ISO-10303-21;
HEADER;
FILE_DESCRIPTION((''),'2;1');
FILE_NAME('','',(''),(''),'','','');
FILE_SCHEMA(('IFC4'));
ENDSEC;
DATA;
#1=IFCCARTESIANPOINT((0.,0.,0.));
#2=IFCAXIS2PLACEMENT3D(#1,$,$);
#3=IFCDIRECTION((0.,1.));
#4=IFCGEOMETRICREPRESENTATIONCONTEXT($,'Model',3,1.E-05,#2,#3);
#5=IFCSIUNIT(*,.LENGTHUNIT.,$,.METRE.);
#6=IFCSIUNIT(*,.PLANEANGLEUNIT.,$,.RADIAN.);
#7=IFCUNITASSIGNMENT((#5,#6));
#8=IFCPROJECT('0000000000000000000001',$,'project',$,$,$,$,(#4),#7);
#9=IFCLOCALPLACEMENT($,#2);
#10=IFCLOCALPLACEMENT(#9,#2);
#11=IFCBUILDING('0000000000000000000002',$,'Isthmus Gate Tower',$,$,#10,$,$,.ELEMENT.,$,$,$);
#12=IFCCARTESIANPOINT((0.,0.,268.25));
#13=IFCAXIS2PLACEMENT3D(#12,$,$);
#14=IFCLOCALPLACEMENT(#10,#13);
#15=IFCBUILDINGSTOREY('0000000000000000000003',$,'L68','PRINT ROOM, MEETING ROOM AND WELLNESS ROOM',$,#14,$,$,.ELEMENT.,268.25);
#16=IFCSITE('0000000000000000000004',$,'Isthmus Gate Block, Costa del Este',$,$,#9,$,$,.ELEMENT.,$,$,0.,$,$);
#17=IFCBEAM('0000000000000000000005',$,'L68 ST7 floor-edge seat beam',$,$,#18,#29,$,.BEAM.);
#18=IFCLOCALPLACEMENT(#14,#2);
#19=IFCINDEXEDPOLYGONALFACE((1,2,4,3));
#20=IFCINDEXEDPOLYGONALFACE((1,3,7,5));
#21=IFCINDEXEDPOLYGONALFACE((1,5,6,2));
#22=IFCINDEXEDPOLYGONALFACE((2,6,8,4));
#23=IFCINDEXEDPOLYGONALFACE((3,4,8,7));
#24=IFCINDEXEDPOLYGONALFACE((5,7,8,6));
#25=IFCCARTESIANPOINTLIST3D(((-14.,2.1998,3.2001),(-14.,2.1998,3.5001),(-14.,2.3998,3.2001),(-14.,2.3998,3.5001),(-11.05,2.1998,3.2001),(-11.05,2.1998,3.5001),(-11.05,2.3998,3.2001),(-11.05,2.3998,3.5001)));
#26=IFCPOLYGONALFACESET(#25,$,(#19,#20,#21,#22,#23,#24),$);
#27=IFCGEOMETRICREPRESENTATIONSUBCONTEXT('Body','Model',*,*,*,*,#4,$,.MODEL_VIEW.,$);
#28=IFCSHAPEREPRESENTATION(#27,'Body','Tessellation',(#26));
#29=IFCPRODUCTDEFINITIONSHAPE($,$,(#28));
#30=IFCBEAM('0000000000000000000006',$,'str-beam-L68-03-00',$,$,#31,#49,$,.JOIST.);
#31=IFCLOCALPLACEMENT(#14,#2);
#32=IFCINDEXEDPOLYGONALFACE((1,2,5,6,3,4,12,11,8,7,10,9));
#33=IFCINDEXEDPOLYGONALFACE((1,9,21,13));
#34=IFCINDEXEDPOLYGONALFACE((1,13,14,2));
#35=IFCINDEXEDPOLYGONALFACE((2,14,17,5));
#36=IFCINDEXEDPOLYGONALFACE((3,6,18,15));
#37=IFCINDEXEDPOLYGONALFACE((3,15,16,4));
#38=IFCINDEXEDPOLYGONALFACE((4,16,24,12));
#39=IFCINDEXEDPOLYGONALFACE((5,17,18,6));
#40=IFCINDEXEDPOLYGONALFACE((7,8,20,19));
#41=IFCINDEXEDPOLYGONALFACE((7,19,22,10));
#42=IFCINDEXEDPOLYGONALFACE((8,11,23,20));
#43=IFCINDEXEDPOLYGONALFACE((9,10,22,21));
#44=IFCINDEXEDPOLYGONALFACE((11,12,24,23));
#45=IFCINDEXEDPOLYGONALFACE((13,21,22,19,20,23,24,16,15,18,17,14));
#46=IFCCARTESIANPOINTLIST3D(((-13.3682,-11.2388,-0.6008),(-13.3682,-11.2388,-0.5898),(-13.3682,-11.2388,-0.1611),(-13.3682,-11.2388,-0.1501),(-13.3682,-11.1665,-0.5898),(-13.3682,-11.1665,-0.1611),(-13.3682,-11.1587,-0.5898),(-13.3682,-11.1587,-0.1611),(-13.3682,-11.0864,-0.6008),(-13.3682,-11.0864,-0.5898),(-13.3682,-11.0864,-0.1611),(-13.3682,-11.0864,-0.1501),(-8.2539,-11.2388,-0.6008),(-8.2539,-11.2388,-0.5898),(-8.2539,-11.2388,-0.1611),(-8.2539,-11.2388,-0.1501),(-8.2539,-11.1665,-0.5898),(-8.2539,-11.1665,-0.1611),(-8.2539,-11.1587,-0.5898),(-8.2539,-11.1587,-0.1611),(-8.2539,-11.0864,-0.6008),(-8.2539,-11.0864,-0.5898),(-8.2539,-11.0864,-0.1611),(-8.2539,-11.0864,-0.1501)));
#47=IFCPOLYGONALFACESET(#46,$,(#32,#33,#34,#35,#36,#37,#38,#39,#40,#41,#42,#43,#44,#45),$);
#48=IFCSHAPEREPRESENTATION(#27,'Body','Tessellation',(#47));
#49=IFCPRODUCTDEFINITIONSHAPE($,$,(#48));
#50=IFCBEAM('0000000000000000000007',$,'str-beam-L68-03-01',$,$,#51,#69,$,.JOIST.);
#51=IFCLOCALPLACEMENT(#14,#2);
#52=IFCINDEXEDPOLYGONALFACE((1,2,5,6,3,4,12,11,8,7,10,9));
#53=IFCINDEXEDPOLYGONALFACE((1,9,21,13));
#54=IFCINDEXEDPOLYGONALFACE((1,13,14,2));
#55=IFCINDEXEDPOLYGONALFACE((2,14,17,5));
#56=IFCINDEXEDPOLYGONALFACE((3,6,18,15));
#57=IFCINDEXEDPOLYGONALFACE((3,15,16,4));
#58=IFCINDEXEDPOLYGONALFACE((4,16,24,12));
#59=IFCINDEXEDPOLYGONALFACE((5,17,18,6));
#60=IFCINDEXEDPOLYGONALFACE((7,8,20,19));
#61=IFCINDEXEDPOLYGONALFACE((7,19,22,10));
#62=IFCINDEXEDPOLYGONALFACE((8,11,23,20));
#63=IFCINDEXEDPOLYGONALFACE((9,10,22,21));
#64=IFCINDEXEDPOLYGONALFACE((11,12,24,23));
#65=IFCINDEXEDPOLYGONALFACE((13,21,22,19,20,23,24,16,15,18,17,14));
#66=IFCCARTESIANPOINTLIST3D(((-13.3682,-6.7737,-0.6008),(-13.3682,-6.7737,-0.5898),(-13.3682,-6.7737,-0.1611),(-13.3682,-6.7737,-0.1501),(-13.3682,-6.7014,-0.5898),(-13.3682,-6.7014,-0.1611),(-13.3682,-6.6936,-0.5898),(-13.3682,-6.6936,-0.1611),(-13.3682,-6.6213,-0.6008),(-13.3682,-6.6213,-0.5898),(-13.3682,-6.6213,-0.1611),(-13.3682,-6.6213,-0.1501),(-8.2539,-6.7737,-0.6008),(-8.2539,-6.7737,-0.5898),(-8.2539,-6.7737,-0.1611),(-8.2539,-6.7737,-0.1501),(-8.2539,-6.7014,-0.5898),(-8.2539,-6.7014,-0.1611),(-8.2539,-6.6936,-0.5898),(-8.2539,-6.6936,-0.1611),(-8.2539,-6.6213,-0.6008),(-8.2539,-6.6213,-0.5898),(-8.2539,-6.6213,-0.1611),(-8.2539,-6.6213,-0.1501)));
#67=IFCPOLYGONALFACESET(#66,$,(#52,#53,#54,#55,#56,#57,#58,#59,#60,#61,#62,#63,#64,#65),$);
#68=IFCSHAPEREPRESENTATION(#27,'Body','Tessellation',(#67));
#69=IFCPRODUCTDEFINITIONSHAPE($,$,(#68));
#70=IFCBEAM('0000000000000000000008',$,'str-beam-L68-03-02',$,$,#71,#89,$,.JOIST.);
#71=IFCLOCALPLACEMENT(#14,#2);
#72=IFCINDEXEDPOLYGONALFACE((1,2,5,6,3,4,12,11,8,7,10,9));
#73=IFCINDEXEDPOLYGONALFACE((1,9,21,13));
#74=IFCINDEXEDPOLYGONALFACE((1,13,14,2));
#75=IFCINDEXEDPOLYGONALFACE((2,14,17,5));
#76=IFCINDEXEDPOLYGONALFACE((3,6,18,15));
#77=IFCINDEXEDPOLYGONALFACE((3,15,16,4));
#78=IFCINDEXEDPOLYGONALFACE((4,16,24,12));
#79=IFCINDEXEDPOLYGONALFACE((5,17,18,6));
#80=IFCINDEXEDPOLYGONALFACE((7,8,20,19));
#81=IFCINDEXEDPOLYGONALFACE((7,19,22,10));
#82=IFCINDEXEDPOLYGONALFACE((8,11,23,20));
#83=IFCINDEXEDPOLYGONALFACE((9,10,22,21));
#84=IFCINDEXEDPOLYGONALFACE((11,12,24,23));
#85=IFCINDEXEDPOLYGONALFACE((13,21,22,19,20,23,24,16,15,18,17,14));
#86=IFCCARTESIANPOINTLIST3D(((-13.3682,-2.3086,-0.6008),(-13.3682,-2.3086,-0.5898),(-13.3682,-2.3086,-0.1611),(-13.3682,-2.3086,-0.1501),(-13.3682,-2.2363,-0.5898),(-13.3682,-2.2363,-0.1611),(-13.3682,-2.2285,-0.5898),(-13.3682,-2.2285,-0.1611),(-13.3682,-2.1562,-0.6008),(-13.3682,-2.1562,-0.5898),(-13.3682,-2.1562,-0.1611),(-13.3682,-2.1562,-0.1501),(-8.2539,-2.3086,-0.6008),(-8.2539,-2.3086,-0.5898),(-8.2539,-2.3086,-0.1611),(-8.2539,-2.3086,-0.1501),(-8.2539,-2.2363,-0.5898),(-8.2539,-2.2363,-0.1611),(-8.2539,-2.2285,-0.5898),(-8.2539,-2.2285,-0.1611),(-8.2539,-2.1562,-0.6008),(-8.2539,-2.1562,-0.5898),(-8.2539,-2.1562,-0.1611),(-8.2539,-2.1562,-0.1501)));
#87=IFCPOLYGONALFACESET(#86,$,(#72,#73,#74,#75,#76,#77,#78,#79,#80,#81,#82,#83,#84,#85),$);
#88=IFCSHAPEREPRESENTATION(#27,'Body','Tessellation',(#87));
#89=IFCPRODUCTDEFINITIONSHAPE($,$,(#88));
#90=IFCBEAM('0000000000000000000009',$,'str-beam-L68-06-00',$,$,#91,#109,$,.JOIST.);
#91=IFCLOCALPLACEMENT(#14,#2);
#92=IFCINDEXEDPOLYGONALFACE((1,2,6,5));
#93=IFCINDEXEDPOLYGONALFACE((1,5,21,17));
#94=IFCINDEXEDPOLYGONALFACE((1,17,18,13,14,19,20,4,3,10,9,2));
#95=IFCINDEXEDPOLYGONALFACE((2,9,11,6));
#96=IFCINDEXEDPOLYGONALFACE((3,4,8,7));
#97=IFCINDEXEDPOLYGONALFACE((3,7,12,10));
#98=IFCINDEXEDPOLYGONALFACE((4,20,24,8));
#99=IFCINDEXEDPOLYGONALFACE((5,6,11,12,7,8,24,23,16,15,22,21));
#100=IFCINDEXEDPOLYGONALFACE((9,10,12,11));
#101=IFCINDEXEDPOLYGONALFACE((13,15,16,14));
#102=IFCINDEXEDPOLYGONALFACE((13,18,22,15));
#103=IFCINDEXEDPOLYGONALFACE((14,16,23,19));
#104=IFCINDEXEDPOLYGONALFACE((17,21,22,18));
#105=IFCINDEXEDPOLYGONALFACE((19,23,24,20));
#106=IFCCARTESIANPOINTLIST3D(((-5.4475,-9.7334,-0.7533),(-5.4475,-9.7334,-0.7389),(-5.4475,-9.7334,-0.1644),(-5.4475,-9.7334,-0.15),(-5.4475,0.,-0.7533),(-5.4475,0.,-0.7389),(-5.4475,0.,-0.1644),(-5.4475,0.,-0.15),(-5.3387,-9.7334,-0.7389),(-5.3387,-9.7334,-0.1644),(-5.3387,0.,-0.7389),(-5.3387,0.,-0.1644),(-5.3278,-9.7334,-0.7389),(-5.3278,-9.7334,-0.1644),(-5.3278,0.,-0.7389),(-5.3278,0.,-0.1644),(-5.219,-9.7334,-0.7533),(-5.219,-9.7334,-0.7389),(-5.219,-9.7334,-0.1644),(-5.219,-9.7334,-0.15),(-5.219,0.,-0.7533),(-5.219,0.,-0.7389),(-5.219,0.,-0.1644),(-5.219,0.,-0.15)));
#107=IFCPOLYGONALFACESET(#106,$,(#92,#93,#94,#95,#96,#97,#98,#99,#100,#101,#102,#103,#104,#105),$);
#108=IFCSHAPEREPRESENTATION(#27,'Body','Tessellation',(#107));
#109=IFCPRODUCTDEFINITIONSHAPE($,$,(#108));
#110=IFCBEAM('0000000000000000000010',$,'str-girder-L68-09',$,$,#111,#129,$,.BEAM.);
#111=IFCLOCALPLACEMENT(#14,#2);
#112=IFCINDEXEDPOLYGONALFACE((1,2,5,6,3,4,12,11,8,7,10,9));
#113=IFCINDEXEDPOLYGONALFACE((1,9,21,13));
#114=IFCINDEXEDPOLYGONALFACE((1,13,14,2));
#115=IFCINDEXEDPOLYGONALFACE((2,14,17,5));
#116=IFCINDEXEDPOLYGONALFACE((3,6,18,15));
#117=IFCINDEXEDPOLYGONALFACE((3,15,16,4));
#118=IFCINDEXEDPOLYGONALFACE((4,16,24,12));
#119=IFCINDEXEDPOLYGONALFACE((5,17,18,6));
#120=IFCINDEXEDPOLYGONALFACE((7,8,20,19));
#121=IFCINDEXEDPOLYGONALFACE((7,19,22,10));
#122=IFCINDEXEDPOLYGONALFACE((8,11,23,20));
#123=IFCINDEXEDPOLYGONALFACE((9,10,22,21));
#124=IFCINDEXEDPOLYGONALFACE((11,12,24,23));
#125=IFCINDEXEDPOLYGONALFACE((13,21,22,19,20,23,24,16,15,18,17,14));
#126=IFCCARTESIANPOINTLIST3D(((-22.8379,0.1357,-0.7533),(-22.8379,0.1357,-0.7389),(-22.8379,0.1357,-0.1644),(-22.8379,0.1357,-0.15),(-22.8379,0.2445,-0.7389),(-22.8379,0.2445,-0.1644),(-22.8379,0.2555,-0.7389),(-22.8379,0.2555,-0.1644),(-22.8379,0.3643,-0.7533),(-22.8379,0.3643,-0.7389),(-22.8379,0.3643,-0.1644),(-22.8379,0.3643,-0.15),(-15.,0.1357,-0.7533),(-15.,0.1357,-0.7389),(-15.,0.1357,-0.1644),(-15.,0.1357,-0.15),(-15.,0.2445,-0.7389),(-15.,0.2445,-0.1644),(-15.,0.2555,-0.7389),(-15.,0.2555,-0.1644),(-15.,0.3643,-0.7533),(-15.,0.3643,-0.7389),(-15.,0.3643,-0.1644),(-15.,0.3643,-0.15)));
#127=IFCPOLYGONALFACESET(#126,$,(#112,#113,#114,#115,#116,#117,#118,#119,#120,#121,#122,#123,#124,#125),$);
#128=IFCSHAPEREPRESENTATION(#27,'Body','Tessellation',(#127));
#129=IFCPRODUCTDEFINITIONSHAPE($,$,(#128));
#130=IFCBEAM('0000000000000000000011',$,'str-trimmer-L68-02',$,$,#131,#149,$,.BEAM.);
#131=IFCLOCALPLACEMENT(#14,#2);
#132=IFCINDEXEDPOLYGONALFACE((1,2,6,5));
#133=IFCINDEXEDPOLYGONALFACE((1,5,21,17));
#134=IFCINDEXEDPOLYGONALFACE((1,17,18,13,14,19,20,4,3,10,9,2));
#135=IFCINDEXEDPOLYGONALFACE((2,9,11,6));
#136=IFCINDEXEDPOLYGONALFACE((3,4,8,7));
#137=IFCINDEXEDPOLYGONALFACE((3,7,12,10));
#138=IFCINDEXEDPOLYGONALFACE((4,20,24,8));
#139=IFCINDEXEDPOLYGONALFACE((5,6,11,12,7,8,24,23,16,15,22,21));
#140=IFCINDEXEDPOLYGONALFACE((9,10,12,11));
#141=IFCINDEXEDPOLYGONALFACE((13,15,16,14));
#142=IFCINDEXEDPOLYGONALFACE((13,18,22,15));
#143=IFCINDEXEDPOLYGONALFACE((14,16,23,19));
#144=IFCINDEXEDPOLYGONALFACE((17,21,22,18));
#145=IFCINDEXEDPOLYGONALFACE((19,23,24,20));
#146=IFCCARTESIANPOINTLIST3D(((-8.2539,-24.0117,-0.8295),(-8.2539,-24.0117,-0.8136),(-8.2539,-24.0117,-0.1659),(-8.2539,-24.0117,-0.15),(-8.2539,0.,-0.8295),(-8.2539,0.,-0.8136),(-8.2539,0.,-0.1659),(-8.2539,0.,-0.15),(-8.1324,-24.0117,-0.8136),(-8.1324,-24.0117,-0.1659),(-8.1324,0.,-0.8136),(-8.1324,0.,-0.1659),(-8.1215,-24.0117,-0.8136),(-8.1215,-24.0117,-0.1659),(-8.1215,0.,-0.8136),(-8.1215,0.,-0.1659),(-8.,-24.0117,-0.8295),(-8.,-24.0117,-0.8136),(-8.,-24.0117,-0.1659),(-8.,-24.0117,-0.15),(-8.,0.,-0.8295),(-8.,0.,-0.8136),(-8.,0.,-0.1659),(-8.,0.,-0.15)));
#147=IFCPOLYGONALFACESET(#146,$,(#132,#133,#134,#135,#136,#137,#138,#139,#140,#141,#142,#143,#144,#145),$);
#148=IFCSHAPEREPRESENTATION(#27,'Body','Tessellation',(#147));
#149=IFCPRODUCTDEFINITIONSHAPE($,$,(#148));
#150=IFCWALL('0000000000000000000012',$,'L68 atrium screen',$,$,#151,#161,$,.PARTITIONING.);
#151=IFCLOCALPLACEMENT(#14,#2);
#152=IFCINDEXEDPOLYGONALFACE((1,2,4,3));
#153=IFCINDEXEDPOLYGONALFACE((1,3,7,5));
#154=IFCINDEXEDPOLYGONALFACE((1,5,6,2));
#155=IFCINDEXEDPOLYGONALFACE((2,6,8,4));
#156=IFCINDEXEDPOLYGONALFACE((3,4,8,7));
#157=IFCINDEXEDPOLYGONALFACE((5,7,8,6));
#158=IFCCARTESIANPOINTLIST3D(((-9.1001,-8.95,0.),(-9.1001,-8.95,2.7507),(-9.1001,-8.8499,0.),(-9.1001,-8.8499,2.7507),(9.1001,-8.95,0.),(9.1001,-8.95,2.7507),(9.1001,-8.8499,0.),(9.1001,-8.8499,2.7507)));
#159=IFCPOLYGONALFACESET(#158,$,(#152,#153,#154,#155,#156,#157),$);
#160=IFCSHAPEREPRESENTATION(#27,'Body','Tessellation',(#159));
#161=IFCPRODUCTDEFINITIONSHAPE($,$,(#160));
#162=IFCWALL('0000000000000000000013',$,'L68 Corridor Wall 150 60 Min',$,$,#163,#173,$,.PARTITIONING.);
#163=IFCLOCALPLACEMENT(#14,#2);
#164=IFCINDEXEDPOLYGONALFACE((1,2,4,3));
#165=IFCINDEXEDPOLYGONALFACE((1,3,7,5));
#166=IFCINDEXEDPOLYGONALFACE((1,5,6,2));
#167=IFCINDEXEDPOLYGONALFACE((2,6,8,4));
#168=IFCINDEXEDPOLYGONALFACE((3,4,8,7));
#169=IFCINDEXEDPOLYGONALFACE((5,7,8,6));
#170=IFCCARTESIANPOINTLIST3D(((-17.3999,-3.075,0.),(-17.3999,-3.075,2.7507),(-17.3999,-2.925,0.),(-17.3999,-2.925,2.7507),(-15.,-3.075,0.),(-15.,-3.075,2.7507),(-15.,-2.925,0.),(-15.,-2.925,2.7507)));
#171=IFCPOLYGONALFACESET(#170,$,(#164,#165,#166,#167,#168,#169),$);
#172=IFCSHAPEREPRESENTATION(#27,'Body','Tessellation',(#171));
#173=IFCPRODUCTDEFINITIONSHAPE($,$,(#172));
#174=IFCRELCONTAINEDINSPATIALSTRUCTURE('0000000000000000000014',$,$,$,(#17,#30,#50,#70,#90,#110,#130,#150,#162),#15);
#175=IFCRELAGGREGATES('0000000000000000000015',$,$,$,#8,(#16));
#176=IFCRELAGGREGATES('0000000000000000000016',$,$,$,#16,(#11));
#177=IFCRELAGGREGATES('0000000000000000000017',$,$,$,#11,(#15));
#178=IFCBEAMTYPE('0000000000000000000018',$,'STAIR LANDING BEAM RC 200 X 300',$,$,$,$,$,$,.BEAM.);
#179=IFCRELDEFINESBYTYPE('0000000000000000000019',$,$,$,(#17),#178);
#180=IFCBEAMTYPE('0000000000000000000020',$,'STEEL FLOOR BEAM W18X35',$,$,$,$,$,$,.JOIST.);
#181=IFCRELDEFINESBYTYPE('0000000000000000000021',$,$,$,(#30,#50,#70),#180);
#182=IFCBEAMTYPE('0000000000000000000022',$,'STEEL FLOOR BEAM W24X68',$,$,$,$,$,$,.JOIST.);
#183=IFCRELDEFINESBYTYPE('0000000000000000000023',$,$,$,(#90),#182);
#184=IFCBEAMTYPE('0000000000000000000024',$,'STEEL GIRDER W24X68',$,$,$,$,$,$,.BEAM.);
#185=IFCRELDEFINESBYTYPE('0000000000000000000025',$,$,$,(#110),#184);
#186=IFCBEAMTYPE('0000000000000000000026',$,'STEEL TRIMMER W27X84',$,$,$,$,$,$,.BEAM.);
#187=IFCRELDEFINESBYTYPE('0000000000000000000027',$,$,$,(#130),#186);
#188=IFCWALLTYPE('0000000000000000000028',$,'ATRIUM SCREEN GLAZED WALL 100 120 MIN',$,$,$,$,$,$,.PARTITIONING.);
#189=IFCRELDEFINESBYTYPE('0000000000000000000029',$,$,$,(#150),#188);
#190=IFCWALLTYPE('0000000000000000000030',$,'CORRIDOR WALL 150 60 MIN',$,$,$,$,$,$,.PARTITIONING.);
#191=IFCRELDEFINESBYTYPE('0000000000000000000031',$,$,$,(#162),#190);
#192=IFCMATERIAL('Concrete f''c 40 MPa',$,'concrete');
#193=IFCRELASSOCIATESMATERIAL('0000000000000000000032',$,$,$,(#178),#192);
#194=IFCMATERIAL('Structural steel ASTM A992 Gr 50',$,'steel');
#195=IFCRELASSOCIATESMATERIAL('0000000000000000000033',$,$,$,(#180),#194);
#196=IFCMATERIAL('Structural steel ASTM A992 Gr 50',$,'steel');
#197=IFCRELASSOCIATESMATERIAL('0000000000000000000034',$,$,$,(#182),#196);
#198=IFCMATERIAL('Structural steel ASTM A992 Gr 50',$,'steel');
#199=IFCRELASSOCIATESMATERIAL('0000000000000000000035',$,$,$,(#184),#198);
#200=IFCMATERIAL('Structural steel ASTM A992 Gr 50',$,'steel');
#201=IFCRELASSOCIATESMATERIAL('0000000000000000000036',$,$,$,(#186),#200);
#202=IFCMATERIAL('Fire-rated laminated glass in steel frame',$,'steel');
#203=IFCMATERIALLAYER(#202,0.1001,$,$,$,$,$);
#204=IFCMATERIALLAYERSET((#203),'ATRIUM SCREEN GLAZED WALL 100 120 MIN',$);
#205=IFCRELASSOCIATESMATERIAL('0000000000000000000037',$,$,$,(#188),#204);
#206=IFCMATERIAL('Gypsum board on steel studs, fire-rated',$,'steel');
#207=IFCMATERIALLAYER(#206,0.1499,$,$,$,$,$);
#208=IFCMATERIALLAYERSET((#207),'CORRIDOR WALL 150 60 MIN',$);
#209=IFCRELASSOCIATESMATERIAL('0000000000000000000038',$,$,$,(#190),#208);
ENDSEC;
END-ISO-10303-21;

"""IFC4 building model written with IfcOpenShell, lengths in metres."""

from ifc_helpers import new_model, si_unit, direction, frame, frame_2d, origin, origin_2d, place, context, subcontext, project, spatial, rectangle, i_section, extrude, material, layer, layer_set, material_profile, profile_set, type_object, element, save


model = new_model("IFC4")

# Units and contexts
model_context = context("Model", 3, precision=1e-05, world=origin(), true_north=direction((0.0, 1.0)))
body_context = subcontext(model_context, "Body", "Model", "MODEL_VIEW")
ifc_project = project(units=[si_unit("LENGTHUNIT", "METRE"), si_unit("PLANEANGLEUNIT", "RADIAN")], contexts=[model_context])

# Site, building, storey
site_placement = place(None, origin())
site = spatial("IfcSite", under=ifc_project, at=site_placement, Name="Isthmus Gate Block, Costa del Este", CompositionType="ELEMENT", RefElevation=0.0)
building_placement = place(site_placement, origin())
building = spatial("IfcBuilding", under=site, at=building_placement, Name="Isthmus Gate Tower", CompositionType="ELEMENT")
storey_placement = place(building_placement, frame((0.0, 0.0, 268.25)))
storey = spatial("IfcBuildingStorey", under=building, at=storey_placement, Name="L68", Description="PRINT ROOM, MEETING ROOM AND WELLNESS ROOM", CompositionType="ELEMENT", Elevation=268.25)

# Beams
ifc_material_1 = material(Name="Concrete f'c 40 MPa", Category="concrete")
ifc_material_profile_1 = material_profile(ifc_material_1, rectangle(XDim=0.2, YDim=0.3, at=origin_2d()), Name="STAIR LANDING BEAM RC 200 X 300")
ifc_profile_set_1 = profile_set([ifc_material_profile_1], Name="Concrete f'c 40 MPa")
beam_type_1 = type_object("IfcBeamType", Name="STAIR LANDING BEAM RC 200 X 300", PredefinedType="BEAM", material=ifc_profile_set_1)
beam_1_placement = place(storey_placement, frame((-14.0, 2.2998, 3.3501), z_axis=(1.0, 0.0, 0.0), x_axis=(0.0, 1.0, 0.0)))
element("IfcBeam", 1, at=beam_1_placement, inside=storey, type_object=beam_type_1, Name="L68 ST7 floor-edge seat beam", PredefinedType="BEAM", context=body_context, shape_type="SweptSolid", body=[
    extrude(rectangle(XDim=0.2, YDim=0.3, at=origin_2d()), origin(), (0.0, 0.0, 1.0), 2.95),
])
ifc_material_2 = material(Name="Structural steel ASTM A992 Gr 50", Category="steel")
ifc_material_profile_2 = material_profile(ifc_material_2, i_section(OverallWidth=0.1523, OverallDepth=0.4507, WebThickness=0.0078, FlangeThickness=0.011, at=origin_2d()), Name="W18X35")
ifc_profile_set_2 = profile_set([ifc_material_profile_2], Name="Structural steel ASTM A992 Gr 50")
beam_type_2 = type_object("IfcBeamType", Name="STEEL FLOOR BEAM W18X35", PredefinedType="JOIST", material=ifc_profile_set_2)
for number, where, z_axis, x_axis, name in (
    (2, (-13.3682, -11.1626, -0.3755), (1.0, 0.0, 0.0), (0.0, 1.0, 0.0), "str-beam-L68-03-00"),
    (3, (-13.3682, -6.6975, -0.3755), (1.0, 0.0, 0.0), (0.0, 1.0, 0.0), "str-beam-L68-03-01"),
    (4, (-13.3682, -2.2324, -0.3755), (1.0, 0.0, 0.0), (0.0, 1.0, 0.0), "str-beam-L68-03-02"),
):
    element("IfcBeam", number, at=place(storey_placement, frame(where, z_axis=z_axis, x_axis=x_axis)), inside=storey, type_object=beam_type_2, Name=name, PredefinedType="JOIST", context=body_context, shape_type="SweptSolid", body=[
        extrude(i_section(OverallWidth=0.1523, OverallDepth=0.4507, WebThickness=0.0078, FlangeThickness=0.011, at=origin_2d()), origin(), (0.0, 0.0, 1.0), 5.1143),
    ])
ifc_material_3 = material(Name="Structural steel ASTM A992 Gr 50", Category="steel")
ifc_material_profile_3 = material_profile(ifc_material_3, i_section(OverallWidth=0.2285, OverallDepth=0.6033, WebThickness=0.011, FlangeThickness=0.0144, at=origin_2d()), Name="W24X68")
ifc_profile_set_3 = profile_set([ifc_material_profile_3], Name="Structural steel ASTM A992 Gr 50")
beam_type_3 = type_object("IfcBeamType", Name="STEEL FLOOR BEAM W24X68", PredefinedType="JOIST", material=ifc_profile_set_3)
beam_2_placement = place(storey_placement, frame((-5.3333, -9.7334, -0.4517), z_axis=(0.0, 1.0, 0.0), x_axis=(-1.0, 0.0, 0.0)))
element("IfcBeam", 5, at=beam_2_placement, inside=storey, type_object=beam_type_3, Name="str-beam-L68-06-00", PredefinedType="JOIST", context=body_context, shape_type="SweptSolid", body=[
    extrude(i_section(OverallWidth=0.2285, OverallDepth=0.6033, WebThickness=0.011, FlangeThickness=0.0144, at=origin_2d()), origin(), (0.0, 0.0, 1.0), 9.7334),
])
ifc_material_4 = material(Name="Structural steel ASTM A992 Gr 50", Category="steel")
ifc_material_profile_4 = material_profile(ifc_material_4, i_section(OverallWidth=0.2285, OverallDepth=0.6033, WebThickness=0.011, FlangeThickness=0.0144, at=origin_2d()), Name="W24X68")
ifc_profile_set_4 = profile_set([ifc_material_profile_4], Name="Structural steel ASTM A992 Gr 50")
beam_type_4 = type_object("IfcBeamType", Name="STEEL GIRDER W24X68", PredefinedType="BEAM", material=ifc_profile_set_4)
beam_3_placement = place(storey_placement, frame((-15.0, 0.25, -0.4517), z_axis=(-1.0, 0.0, 0.0), x_axis=(0.0, -1.0, 0.0)))
element("IfcBeam", 6, at=beam_3_placement, inside=storey, type_object=beam_type_4, Name="str-girder-L68-09", PredefinedType="BEAM", context=body_context, shape_type="SweptSolid", body=[
    extrude(i_section(OverallWidth=0.2285, OverallDepth=0.6033, WebThickness=0.011, FlangeThickness=0.0144, at=origin_2d()), origin(), (0.0, 0.0, 1.0), 7.8379),
])
ifc_material_5 = material(Name="Structural steel ASTM A992 Gr 50", Category="steel")
ifc_material_profile_5 = material_profile(ifc_material_5, i_section(OverallWidth=0.2539, OverallDepth=0.6794, WebThickness=0.011, FlangeThickness=0.0159, at=origin_2d()), Name="W27X84")
ifc_profile_set_5 = profile_set([ifc_material_profile_5], Name="Structural steel ASTM A992 Gr 50")
beam_type_5 = type_object("IfcBeamType", Name="STEEL TRIMMER W27X84", PredefinedType="BEAM", material=ifc_profile_set_5)
beam_4_placement = place(storey_placement, frame((-8.127, 0.0, -0.4897), z_axis=(0.0, -1.0, 0.0), x_axis=(1.0, 0.0, 0.0)))
element("IfcBeam", 7, at=beam_4_placement, inside=storey, type_object=beam_type_5, Name="str-trimmer-L68-02", PredefinedType="BEAM", context=body_context, shape_type="SweptSolid", body=[
    extrude(i_section(OverallWidth=0.2539, OverallDepth=0.6794, WebThickness=0.011, FlangeThickness=0.0159, at=origin_2d()), origin(), (0.0, 0.0, 1.0), 24.0117),
])

# Walls
ifc_material_6 = material(Name="Fire-rated laminated glass in steel frame", Category="steel")
ifc_layer_1 = layer(ifc_material_6, 0.1001)
ifc_layer_set_1 = layer_set([ifc_layer_1], Name="ATRIUM SCREEN GLAZED WALL 100 120 MIN")
wall_type_1 = type_object("IfcWallType", Name="ATRIUM SCREEN GLAZED WALL 100 120 MIN", PredefinedType="PARTITIONING", material=ifc_layer_set_1)
wall_1_placement = place(storey_placement, frame((-9.1001, -8.8999, 0.0), z_axis=(0.0, 0.0, 1.0), x_axis=(1.0, 0.0, 0.0)))
element("IfcWall", 8, at=wall_1_placement, inside=storey, type_object=wall_type_1, Name="L68 atrium screen", PredefinedType="PARTITIONING", context=body_context, shape_type="SweptSolid", body=[
    extrude(rectangle(XDim=18.2002, YDim=0.1001, at=frame_2d((9.1001, 0.0))), origin(), (0.0, 0.0, 1.0), 2.7507),
])
ifc_material_7 = material(Name="Gypsum board on steel studs, fire-rated", Category="steel")
ifc_layer_2 = layer(ifc_material_7, 0.1499)
ifc_layer_set_2 = layer_set([ifc_layer_2], Name="CORRIDOR WALL 150 60 MIN")
wall_type_2 = type_object("IfcWallType", Name="CORRIDOR WALL 150 60 MIN", PredefinedType="PARTITIONING", material=ifc_layer_set_2)
wall_2_placement = place(storey_placement, frame((-15.0, -3.0, 0.0), z_axis=(0.0, 0.0, 1.0), x_axis=(-1.0, 0.0, 0.0)))
element("IfcWall", 9, at=wall_2_placement, inside=storey, type_object=wall_type_2, Name="L68 Corridor Wall 150 60 Min", PredefinedType="PARTITIONING", context=body_context, shape_type="SweptSolid", body=[
    extrude(rectangle(XDim=2.3999, YDim=0.1499, at=frame_2d((1.2, 0.0))), origin(), (0.0, 0.0, 1.0), 2.7507),
])

save(model, "model.ifc")
